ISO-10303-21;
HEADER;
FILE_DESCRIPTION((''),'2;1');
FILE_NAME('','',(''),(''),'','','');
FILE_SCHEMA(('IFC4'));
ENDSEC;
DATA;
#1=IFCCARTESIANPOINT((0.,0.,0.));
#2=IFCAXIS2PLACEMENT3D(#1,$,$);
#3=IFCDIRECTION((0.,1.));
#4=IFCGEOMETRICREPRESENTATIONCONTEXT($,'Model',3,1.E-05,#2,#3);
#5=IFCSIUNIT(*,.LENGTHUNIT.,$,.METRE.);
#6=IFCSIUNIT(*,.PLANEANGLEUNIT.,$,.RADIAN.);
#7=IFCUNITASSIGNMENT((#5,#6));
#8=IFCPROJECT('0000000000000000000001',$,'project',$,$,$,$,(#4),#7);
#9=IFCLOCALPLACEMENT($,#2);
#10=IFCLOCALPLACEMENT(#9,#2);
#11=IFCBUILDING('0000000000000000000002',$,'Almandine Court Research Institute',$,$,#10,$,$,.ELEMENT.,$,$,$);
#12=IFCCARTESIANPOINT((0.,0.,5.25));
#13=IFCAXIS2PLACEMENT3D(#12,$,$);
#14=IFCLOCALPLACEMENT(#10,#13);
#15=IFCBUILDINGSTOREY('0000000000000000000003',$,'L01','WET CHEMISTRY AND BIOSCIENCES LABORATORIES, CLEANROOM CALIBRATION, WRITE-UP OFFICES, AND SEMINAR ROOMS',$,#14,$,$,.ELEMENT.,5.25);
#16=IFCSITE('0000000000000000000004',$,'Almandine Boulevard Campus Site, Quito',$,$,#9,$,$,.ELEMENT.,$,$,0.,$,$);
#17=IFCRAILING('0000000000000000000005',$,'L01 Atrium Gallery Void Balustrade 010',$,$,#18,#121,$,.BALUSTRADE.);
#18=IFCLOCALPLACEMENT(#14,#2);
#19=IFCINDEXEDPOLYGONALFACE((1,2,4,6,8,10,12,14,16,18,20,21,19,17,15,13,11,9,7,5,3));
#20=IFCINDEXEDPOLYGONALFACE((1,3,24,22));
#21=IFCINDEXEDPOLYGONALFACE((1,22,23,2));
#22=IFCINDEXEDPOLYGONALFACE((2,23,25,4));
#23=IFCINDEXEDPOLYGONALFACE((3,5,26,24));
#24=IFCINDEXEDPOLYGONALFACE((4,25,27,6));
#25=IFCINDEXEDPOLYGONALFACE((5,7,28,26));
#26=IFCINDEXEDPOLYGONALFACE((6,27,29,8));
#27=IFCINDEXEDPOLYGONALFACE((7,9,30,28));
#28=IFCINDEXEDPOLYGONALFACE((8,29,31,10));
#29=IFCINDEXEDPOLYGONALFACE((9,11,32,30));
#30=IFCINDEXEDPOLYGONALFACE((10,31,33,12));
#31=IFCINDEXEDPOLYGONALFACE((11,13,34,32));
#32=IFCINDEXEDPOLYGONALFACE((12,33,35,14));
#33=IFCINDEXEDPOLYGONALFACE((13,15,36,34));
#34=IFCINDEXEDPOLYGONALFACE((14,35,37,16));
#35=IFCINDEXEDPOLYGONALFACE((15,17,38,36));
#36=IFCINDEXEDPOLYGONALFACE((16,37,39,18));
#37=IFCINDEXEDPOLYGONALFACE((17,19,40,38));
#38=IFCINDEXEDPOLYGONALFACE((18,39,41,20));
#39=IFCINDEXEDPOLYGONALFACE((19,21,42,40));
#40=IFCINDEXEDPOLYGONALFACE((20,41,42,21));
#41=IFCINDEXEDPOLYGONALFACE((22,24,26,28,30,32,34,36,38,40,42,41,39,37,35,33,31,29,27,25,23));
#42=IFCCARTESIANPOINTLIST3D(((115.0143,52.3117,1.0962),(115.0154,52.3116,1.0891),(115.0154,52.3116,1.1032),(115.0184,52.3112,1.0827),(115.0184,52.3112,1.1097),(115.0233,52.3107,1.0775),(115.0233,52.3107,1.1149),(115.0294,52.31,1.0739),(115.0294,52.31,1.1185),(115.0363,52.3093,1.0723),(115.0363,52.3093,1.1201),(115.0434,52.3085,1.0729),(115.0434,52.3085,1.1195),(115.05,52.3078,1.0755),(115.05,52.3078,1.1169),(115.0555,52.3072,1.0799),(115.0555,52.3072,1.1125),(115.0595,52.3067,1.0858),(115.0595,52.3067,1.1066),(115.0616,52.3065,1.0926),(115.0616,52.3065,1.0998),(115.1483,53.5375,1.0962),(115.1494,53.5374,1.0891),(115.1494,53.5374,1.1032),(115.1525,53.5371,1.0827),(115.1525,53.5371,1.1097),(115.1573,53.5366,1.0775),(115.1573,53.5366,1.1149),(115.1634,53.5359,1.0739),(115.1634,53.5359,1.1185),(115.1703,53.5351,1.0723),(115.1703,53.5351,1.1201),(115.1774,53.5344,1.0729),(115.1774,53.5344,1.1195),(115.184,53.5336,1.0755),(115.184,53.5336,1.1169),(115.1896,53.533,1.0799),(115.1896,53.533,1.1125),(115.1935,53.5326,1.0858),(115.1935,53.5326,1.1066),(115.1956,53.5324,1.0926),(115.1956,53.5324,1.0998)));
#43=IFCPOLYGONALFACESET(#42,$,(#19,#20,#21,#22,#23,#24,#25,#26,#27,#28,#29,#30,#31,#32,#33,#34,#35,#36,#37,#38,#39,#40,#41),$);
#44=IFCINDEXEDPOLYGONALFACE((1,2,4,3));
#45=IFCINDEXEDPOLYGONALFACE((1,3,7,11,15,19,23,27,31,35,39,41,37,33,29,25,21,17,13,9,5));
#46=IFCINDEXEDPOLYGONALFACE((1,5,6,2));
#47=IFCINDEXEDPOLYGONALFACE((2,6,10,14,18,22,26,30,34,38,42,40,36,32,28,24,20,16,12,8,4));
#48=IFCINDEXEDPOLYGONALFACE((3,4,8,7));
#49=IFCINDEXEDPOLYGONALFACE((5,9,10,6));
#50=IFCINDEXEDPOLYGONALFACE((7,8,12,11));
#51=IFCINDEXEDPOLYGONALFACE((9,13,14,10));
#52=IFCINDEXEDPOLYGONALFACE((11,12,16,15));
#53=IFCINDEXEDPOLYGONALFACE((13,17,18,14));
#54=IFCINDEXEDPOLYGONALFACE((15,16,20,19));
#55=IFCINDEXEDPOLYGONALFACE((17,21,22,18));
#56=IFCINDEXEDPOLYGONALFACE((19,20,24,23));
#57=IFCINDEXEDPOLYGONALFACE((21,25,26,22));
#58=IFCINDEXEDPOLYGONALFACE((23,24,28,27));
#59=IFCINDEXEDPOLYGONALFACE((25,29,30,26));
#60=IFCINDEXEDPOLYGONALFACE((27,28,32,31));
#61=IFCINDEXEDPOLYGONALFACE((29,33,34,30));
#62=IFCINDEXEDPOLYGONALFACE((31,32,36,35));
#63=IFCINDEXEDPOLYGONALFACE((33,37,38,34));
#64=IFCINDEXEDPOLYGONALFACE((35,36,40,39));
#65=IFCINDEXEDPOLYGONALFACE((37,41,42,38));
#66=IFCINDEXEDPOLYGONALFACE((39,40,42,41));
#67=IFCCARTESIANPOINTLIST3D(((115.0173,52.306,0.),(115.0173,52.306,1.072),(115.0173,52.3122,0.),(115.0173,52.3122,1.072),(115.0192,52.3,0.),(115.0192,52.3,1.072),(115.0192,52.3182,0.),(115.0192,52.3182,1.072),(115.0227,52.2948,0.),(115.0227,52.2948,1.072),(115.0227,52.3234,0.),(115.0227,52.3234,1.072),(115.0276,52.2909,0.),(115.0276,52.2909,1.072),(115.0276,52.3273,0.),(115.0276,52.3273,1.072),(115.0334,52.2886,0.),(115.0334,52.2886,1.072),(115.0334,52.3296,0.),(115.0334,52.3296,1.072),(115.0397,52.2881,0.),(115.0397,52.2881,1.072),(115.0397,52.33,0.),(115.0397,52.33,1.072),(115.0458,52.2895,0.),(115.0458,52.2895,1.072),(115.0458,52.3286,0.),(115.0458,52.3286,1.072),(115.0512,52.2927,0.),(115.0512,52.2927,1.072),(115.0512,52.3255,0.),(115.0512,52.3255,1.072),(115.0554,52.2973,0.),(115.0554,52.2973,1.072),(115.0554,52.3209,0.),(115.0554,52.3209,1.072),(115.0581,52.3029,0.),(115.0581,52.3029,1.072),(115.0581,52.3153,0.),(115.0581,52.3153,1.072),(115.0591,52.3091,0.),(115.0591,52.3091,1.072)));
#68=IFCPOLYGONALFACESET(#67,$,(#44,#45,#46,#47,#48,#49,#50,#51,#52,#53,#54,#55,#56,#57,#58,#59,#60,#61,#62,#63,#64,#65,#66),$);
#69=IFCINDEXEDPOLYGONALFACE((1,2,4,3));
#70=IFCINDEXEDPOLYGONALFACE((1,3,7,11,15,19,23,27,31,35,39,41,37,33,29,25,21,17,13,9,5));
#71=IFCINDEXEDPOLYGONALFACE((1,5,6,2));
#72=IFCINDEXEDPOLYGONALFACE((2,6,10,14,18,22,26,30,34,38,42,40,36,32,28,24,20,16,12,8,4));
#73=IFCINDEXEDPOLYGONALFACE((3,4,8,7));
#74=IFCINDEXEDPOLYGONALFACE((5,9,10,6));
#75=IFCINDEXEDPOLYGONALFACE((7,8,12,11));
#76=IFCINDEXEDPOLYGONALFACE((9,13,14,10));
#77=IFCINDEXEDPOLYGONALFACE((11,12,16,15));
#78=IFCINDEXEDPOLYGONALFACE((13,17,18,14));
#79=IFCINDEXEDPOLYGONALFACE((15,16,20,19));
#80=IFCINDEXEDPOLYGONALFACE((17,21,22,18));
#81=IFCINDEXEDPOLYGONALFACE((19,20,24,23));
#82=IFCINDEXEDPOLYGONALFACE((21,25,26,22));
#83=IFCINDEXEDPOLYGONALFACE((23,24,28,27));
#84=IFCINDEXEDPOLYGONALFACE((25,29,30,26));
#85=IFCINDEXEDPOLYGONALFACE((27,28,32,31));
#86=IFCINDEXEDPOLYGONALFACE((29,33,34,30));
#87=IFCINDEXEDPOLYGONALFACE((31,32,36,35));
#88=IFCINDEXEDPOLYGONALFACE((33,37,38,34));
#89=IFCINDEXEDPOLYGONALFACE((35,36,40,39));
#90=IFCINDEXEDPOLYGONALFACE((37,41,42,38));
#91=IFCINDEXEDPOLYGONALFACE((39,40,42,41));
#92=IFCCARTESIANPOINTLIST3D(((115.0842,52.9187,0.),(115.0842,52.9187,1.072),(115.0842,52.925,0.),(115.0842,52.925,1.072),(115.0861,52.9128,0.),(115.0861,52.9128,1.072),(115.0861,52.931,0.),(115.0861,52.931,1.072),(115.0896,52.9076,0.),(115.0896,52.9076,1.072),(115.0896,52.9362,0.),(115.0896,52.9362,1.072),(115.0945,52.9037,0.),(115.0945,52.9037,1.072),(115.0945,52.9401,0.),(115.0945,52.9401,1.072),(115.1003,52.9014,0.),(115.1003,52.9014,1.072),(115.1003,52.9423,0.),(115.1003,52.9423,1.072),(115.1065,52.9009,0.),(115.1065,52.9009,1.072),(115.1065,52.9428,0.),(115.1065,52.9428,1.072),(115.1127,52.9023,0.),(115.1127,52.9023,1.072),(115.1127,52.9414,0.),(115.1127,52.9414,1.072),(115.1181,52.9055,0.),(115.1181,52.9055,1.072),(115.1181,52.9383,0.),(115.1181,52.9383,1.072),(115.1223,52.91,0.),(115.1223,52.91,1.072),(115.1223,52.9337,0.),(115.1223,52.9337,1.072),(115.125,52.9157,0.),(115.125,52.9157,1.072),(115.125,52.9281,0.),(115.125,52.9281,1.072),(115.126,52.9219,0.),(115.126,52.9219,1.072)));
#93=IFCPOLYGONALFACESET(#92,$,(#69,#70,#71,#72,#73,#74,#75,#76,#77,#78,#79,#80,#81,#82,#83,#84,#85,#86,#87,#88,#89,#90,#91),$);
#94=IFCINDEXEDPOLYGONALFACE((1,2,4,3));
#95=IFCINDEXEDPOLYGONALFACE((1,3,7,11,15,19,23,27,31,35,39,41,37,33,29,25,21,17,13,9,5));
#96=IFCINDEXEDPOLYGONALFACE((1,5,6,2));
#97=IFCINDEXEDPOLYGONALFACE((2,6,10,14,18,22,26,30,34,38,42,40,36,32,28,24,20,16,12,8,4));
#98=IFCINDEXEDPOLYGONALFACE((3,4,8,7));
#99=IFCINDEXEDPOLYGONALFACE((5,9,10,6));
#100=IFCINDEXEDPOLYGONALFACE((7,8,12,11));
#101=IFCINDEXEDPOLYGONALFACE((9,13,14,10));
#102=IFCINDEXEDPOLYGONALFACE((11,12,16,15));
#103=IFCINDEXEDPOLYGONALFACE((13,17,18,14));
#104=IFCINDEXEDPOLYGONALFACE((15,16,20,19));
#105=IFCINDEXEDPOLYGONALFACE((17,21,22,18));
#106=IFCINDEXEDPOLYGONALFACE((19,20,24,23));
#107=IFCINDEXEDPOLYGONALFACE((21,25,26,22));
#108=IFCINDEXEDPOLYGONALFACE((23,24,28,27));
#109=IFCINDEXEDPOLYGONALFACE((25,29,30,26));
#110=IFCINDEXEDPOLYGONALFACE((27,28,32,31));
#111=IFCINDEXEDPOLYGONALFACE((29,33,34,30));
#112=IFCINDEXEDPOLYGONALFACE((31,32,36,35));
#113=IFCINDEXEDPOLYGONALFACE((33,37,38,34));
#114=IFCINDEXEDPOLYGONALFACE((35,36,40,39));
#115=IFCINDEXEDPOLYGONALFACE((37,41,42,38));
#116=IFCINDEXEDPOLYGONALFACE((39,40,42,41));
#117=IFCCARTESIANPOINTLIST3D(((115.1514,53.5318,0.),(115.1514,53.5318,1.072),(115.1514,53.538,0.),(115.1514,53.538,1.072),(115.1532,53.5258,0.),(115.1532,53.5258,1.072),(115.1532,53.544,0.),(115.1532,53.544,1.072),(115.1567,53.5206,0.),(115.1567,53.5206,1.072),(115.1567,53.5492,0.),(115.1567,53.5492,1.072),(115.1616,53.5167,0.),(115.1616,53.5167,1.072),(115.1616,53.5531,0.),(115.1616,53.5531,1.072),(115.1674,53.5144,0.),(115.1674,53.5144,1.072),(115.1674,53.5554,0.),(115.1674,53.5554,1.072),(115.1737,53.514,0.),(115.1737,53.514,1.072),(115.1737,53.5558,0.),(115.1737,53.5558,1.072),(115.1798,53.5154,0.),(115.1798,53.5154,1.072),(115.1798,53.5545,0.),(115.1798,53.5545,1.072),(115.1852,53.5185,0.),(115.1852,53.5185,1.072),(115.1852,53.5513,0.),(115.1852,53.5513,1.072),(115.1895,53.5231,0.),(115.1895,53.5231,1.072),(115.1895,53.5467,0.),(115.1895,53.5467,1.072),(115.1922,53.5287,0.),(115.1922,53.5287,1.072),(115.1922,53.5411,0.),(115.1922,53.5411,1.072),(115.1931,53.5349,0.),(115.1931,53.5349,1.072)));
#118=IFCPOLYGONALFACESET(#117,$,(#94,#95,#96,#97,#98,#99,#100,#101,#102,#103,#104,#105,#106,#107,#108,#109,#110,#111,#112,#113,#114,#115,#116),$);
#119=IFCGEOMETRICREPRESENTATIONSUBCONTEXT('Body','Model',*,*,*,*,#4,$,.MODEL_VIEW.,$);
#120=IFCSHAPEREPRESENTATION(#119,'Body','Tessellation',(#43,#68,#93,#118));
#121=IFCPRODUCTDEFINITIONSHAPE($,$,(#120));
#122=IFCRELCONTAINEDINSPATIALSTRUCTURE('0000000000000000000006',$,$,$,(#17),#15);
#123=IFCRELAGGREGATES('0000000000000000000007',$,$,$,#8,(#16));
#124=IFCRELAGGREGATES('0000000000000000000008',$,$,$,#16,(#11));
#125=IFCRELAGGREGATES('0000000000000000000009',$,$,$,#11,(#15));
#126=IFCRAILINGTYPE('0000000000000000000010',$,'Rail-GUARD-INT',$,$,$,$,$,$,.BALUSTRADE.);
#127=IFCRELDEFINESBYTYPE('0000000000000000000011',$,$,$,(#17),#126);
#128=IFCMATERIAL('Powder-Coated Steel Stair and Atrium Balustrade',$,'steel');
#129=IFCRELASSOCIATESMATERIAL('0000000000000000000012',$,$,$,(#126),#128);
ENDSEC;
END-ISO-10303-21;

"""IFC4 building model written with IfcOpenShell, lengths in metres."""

from ifc_helpers import new_model, si_unit, direction, frame, origin, origin_2d, place, context, subcontext, project, spatial, circle, extrude, material, type_object, element, save


model = new_model("IFC4")

# Units and contexts
model_context = context("Model", 3, precision=1e-05, world=origin(), true_north=direction((0.0, 1.0)))
body_context = subcontext(model_context, "Body", "Model", "MODEL_VIEW")
ifc_project = project(units=[si_unit("LENGTHUNIT", "METRE"), si_unit("PLANEANGLEUNIT", "RADIAN")], contexts=[model_context])

# Site, building, storey
site_placement = place(None, origin())
site = spatial("IfcSite", under=ifc_project, at=site_placement, Name="Almandine Boulevard Campus Site, Quito", CompositionType="ELEMENT", RefElevation=0.0)
building_placement = place(site_placement, origin())
building = spatial("IfcBuilding", under=site, at=building_placement, Name="Almandine Court Research Institute", CompositionType="ELEMENT")
storey_placement = place(building_placement, frame((0.0, 0.0, 5.25)))
storey = spatial("IfcBuildingStorey", under=building, at=storey_placement, Name="L01", Description="WET CHEMISTRY AND BIOSCIENCES LABORATORIES, CLEANROOM CALIBRATION, WRITE-UP OFFICES, AND SEMINAR ROOMS", CompositionType="ELEMENT", Elevation=5.25)

# Railing
ifc_material_1 = material(Name="Powder-Coated Steel Stair and Atrium Balustrade", Category="steel")
railing_type = type_object("IfcRailingType", Name="Rail-GUARD-INT", PredefinedType="BALUSTRADE", material=ifc_material_1)
railing_1_placement = place(storey_placement, frame((115.0381, 52.3091, 0.0)))
element("IfcRailing", 1, at=railing_1_placement, inside=storey, type_object=railing_type, Name="L01 Atrium Gallery Void Balustrade 010", PredefinedType="BALUSTRADE", context=body_context, shape_type="SweptSolid", body=[
    extrude(circle(Radius=0.0239, at=origin_2d()), frame((0.0, 0.0, 1.0962), z_axis=(0.108693, 0.994075, 0.0), x_axis=(-0.994075, 0.108693, 0.0)), (0.0, 0.0, 1.0), 1.2332),
    extrude(circle(Radius=0.021, at=origin_2d()), origin(), (0.0, 0.0, 1.0), 1.072),
    extrude(circle(Radius=0.021, at=origin_2d()), frame((0.0669, 0.6128, 0.0)), (0.0, 0.0, 1.0), 1.072),
    extrude(circle(Radius=0.021, at=origin_2d()), frame((0.134, 1.2258, 0.0)), (0.0, 0.0, 1.0), 1.072),
])

save(model, "model.ifc")
